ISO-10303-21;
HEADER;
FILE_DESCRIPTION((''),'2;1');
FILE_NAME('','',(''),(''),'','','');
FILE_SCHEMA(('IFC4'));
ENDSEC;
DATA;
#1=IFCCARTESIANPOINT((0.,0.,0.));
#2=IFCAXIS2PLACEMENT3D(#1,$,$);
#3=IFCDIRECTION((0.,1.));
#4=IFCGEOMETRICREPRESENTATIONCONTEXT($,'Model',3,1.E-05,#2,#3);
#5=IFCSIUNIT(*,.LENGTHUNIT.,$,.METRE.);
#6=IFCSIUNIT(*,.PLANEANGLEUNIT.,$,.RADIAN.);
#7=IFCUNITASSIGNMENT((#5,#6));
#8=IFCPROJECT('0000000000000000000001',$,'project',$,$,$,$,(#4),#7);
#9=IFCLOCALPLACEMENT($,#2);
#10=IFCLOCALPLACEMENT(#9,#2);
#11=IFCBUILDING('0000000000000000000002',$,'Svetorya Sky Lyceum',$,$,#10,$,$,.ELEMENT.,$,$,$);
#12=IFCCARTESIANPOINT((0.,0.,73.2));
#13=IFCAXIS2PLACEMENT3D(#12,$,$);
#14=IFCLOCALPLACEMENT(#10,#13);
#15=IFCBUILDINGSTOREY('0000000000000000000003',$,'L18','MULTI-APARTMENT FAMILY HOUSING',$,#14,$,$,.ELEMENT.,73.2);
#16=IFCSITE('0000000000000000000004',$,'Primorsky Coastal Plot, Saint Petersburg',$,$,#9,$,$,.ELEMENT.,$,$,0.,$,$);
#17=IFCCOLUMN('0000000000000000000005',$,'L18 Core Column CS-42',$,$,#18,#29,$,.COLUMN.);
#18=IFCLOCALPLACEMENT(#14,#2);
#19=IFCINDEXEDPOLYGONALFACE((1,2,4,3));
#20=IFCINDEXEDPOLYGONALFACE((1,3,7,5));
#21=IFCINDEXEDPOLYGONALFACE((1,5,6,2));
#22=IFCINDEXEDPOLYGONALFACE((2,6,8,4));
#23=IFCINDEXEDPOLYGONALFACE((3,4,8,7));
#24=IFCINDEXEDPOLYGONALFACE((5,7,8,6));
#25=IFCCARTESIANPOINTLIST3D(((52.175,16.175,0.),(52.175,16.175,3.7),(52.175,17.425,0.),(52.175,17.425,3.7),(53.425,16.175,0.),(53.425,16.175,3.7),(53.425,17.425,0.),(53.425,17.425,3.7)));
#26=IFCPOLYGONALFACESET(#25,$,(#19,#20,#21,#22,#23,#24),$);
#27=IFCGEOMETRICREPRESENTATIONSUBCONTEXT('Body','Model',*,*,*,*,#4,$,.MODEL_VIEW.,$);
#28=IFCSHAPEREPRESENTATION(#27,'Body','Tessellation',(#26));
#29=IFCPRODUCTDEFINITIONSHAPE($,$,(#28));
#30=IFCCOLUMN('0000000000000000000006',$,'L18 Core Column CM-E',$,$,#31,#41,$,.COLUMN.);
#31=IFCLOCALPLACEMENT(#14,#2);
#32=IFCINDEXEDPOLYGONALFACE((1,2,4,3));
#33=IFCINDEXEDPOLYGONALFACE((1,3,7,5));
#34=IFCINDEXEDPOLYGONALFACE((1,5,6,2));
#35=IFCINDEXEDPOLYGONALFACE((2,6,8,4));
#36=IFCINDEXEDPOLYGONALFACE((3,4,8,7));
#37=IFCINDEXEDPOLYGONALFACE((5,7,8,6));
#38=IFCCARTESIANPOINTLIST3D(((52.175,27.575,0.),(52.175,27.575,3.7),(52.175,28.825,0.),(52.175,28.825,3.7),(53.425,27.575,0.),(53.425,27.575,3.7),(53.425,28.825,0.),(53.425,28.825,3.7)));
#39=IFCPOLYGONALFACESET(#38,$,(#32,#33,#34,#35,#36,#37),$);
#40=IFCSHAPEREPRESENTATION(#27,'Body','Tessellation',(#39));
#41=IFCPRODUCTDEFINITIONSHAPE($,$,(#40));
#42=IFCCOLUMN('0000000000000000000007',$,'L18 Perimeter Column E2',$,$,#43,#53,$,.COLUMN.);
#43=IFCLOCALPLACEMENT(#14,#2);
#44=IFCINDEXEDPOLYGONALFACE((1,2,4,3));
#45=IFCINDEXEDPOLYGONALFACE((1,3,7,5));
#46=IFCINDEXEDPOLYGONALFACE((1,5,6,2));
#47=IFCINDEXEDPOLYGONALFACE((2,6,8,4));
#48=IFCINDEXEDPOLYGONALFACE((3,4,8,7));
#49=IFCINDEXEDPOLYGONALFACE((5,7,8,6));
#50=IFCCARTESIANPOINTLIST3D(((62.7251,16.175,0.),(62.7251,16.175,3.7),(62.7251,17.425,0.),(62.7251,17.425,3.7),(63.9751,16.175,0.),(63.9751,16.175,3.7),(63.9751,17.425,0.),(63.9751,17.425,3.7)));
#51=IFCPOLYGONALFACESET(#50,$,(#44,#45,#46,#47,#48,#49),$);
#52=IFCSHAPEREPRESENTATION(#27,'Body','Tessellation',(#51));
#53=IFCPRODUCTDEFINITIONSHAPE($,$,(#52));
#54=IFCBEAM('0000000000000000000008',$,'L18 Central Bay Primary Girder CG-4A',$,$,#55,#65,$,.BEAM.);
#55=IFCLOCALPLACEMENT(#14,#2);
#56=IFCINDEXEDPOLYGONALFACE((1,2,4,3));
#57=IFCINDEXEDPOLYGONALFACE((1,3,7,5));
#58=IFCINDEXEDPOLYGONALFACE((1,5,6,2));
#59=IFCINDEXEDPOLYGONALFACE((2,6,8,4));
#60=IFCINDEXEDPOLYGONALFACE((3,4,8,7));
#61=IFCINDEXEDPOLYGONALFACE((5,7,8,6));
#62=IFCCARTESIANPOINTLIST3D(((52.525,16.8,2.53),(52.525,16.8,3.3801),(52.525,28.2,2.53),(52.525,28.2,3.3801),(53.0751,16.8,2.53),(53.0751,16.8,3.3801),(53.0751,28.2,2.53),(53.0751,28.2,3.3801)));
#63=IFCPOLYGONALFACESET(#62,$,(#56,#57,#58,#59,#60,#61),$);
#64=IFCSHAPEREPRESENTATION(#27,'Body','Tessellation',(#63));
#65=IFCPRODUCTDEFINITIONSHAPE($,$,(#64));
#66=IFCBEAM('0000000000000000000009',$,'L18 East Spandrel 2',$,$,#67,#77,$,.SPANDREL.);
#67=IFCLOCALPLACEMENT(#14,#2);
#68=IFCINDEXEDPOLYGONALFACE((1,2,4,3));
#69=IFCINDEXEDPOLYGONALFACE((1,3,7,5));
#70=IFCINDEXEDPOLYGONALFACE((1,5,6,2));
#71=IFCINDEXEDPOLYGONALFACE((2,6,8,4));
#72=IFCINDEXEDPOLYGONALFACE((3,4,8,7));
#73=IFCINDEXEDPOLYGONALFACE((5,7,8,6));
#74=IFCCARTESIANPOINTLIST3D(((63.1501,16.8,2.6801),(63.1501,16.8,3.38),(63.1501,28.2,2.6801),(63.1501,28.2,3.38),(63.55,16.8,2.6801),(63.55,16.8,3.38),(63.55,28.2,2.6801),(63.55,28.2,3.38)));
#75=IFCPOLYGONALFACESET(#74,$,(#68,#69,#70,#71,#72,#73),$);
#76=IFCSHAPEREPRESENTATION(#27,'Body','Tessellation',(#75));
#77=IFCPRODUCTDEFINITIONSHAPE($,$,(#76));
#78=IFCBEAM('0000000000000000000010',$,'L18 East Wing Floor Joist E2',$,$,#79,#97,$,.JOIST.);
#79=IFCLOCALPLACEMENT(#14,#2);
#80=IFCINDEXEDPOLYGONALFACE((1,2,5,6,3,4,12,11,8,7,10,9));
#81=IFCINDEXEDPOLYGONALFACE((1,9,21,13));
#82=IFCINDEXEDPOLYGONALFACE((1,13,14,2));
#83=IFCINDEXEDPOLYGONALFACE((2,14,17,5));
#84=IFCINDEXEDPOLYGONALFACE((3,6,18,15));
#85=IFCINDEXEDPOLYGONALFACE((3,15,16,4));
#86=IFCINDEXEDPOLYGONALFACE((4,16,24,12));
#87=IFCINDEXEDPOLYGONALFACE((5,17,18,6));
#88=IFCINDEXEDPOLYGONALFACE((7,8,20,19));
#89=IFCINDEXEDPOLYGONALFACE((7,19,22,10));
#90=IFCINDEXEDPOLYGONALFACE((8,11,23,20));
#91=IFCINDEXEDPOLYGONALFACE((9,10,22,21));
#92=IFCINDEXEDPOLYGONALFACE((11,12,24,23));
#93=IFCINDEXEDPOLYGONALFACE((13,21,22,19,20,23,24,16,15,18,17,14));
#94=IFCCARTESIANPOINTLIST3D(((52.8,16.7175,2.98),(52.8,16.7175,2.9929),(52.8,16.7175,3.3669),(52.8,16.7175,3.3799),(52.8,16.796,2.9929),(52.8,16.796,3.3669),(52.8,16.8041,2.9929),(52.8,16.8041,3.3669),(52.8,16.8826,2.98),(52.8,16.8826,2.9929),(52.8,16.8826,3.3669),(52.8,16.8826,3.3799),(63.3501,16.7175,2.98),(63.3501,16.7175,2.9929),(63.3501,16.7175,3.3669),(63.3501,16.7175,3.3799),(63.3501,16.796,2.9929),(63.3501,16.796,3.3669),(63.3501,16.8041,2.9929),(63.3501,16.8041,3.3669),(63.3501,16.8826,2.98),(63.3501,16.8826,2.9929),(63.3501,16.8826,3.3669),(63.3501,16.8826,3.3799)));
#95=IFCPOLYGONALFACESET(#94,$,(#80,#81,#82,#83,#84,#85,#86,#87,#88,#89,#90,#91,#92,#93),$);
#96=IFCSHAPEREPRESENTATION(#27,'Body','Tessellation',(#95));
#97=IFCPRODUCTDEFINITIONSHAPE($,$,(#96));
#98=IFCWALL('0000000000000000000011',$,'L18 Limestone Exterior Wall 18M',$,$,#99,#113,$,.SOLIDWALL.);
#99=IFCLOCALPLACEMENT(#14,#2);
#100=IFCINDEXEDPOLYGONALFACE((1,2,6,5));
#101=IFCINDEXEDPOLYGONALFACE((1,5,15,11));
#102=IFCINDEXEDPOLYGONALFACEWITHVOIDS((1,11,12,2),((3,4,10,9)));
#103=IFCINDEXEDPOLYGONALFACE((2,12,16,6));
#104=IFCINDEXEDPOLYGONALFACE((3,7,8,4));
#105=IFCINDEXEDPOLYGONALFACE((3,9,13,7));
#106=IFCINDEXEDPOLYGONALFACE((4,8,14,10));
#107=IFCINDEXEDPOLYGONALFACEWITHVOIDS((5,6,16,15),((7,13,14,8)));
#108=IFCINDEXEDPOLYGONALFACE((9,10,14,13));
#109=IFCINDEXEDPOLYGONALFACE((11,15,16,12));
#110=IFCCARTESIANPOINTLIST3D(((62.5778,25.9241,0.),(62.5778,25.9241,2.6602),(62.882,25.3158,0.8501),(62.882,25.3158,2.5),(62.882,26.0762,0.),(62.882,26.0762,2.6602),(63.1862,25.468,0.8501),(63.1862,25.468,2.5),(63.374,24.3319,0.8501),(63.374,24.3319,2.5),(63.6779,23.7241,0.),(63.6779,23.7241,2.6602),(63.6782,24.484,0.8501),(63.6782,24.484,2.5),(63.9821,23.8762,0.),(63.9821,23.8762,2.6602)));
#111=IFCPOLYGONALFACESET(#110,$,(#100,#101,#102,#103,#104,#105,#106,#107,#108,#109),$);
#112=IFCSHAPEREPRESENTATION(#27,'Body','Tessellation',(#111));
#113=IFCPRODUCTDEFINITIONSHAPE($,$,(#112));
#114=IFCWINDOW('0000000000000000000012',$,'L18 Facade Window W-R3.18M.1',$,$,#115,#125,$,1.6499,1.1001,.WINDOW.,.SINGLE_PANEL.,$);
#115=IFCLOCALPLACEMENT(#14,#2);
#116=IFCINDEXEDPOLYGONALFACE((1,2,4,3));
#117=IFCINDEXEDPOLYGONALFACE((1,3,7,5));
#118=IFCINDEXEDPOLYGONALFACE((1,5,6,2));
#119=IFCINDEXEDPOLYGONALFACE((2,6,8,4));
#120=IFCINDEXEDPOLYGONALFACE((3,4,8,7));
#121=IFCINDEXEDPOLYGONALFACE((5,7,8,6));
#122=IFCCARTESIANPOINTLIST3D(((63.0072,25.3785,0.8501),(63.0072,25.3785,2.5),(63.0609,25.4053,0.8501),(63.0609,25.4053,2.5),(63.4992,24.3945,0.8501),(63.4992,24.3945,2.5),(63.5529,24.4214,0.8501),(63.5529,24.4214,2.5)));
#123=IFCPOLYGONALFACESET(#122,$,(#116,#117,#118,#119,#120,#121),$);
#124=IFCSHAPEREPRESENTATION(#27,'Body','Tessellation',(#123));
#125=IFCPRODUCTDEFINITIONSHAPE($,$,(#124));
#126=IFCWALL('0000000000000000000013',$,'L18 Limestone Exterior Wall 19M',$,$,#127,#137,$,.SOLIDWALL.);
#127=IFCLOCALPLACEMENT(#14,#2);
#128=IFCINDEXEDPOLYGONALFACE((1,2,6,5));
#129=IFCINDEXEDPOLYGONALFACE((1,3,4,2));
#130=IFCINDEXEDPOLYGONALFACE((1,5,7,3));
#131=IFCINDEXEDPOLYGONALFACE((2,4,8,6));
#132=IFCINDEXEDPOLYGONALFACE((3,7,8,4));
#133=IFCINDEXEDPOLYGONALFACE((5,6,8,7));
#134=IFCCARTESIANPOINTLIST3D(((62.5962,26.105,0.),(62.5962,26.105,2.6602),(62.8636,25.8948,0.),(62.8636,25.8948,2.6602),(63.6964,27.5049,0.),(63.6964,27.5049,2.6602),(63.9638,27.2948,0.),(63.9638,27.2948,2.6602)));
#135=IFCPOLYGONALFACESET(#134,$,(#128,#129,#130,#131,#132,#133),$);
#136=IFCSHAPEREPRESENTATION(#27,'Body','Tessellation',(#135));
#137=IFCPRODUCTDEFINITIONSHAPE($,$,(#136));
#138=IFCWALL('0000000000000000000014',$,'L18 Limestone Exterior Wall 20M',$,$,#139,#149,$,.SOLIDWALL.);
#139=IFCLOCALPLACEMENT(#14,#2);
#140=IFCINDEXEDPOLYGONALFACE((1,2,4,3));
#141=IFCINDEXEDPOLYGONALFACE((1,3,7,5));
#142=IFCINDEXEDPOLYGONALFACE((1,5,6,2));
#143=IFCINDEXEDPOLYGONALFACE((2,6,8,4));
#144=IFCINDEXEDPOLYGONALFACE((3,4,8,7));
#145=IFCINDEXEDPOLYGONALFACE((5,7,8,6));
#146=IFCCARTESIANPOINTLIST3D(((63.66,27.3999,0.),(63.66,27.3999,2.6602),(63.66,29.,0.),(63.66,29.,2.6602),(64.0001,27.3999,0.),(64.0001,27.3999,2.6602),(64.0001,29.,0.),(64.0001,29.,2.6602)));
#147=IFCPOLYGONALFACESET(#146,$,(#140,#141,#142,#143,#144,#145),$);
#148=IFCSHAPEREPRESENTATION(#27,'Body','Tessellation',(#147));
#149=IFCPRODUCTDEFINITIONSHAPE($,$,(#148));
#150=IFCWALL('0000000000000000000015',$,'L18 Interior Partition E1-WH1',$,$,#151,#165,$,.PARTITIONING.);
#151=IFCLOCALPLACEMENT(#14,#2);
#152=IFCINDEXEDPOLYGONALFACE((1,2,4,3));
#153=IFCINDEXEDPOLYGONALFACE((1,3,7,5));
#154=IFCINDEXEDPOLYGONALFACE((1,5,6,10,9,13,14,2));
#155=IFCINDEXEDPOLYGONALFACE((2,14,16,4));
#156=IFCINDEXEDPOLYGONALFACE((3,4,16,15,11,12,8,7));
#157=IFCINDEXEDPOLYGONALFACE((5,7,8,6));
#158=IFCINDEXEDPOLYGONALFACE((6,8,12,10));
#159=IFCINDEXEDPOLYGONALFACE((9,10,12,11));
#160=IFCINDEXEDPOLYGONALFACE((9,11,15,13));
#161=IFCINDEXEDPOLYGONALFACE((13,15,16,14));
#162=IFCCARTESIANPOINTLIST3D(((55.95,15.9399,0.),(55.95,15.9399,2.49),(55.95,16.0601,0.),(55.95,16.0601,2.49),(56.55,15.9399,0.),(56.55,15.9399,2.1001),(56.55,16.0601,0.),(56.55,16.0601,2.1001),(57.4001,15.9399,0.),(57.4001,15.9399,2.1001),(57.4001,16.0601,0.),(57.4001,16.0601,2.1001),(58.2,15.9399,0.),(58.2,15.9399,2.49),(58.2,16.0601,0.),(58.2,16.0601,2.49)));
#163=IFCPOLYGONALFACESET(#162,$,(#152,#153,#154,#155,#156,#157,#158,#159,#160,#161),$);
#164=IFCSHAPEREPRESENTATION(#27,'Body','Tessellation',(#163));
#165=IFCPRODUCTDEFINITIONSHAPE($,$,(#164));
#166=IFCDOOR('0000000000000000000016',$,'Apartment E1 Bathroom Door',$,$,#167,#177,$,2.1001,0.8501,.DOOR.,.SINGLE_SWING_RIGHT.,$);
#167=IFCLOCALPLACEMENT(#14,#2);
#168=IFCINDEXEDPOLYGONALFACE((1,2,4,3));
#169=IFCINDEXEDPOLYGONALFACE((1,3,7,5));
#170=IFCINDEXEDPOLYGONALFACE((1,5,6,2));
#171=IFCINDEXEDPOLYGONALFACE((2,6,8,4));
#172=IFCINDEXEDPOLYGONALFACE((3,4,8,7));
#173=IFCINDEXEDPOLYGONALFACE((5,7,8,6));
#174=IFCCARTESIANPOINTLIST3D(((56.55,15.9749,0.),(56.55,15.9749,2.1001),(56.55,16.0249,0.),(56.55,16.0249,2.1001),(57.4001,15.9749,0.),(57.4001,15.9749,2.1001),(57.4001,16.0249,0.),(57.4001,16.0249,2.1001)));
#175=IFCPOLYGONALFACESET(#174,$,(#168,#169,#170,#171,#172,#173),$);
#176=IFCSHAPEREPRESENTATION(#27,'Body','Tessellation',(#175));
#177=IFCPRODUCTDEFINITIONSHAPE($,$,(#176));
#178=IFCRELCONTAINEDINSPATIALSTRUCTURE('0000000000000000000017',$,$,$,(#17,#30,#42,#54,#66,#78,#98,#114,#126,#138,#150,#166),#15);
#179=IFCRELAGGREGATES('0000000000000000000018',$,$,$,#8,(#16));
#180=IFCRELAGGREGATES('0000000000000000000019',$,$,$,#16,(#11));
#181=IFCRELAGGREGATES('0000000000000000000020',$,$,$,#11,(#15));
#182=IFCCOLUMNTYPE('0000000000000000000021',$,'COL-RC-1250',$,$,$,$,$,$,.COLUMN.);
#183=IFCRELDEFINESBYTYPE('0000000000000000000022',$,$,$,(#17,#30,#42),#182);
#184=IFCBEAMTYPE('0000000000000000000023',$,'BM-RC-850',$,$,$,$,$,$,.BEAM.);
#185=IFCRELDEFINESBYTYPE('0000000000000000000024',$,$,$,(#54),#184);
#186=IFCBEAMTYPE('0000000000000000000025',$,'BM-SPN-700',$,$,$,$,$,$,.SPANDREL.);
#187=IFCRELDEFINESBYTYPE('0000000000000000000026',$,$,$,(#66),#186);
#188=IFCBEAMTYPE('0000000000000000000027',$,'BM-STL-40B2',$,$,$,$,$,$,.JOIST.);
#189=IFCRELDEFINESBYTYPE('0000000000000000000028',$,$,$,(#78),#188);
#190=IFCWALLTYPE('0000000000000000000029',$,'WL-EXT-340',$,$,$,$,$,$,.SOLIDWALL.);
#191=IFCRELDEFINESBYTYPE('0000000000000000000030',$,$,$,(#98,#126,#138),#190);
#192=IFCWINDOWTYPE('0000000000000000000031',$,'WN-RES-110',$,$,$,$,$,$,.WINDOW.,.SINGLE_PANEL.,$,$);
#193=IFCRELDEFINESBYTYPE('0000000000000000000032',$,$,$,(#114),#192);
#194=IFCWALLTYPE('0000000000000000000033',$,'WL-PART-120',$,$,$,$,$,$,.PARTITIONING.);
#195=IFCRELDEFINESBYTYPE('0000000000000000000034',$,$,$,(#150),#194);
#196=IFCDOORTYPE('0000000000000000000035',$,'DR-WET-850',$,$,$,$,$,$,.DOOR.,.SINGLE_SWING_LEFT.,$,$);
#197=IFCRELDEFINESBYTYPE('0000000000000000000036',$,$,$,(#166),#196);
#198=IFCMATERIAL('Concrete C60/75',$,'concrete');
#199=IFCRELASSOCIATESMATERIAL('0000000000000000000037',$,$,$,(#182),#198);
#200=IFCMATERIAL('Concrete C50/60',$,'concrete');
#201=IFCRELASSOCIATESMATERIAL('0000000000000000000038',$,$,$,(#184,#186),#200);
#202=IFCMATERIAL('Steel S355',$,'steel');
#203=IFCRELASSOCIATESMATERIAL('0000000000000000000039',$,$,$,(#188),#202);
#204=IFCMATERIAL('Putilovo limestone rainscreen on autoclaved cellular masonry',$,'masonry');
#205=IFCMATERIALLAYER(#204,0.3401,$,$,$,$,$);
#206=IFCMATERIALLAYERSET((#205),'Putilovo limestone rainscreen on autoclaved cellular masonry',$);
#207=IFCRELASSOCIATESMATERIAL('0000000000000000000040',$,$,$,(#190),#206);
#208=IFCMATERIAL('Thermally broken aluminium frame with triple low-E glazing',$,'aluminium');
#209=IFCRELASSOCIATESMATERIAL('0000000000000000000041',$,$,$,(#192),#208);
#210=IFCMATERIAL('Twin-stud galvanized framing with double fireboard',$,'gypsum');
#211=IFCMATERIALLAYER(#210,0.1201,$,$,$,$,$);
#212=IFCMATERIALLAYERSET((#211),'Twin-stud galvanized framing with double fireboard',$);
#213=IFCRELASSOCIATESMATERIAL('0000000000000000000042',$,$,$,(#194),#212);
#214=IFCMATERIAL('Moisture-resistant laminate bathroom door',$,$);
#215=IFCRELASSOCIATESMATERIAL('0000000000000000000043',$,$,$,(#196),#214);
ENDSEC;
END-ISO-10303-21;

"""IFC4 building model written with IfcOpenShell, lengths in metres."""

from ifc_helpers import new_model, si_unit, direction, frame, frame_2d, origin, origin_2d, place, context, subcontext, project, spatial, rectangle, i_section, extrude, material, layer, layer_set, material_profile, profile_set, type_object, element, fill, save


model = new_model("IFC4")

# Units and contexts
model_context = context("Model", 3, precision=1e-05, world=origin(), true_north=direction((0.0, 1.0)))
body_context = subcontext(model_context, "Body", "Model", "MODEL_VIEW")
ifc_project = project(units=[si_unit("LENGTHUNIT", "METRE"), si_unit("PLANEANGLEUNIT", "RADIAN")], contexts=[model_context])

# Site, building, storey
site_placement = place(None, origin())
site = spatial("IfcSite", under=ifc_project, at=site_placement, Name="Primorsky Coastal Plot, Saint Petersburg", CompositionType="ELEMENT", RefElevation=0.0)
building_placement = place(site_placement, origin())
building = spatial("IfcBuilding", under=site, at=building_placement, Name="Svetorya Sky Lyceum", CompositionType="ELEMENT")
storey_placement = place(building_placement, frame((0.0, 0.0, 73.2)))
storey = spatial("IfcBuildingStorey", under=building, at=storey_placement, Name="L18", Description="MULTI-APARTMENT FAMILY HOUSING", CompositionType="ELEMENT", Elevation=73.2)

# Columns
ifc_material_1 = material(Name="Concrete C60/75", Category="concrete")
ifc_material_profile_1 = material_profile(ifc_material_1, rectangle(XDim=1.25, YDim=1.25, at=origin_2d()), Name="RC COL 1250x1250")
ifc_profile_set_1 = profile_set([ifc_material_profile_1], Name="Concrete C60/75")
column_type = type_object("IfcColumnType", Name="COL-RC-1250", PredefinedType="COLUMN", material=ifc_profile_set_1)
for number, where, z_axis, x_axis, name in (
    (1, (52.8, 16.8, 0.0), (0.0, 0.0, 1.0), (1.0, 0.0, 0.0), "L18 Core Column CS-42"),
    (2, (52.8, 28.2, 0.0), (0.0, 0.0, 1.0), (1.0, 0.0, 0.0), "L18 Core Column CM-E"),
    (3, (63.3501, 16.8, 0.0), (0.0, 0.0, 1.0), (1.0, 0.0, 0.0), "L18 Perimeter Column E2"),
):
    element("IfcColumn", number, at=place(storey_placement, frame(where, z_axis=z_axis, x_axis=x_axis)), inside=storey, type_object=column_type, Name=name, PredefinedType="COLUMN", context=body_context, shape_type="SweptSolid", body=[
        extrude(rectangle(XDim=1.25, YDim=1.25, at=origin_2d()), origin(), (0.0, 0.0, 1.0), 3.7),
    ])

# Beams
ifc_material_2 = material(Name="Concrete C50/60", Category="concrete")
ifc_material_profile_2 = material_profile(ifc_material_2, rectangle(XDim=0.55, YDim=0.8501, at=origin_2d()), Name="RC BEAM 550x850")
ifc_profile_set_2 = profile_set([ifc_material_profile_2], Name="Concrete C50/60")
beam_type_1 = type_object("IfcBeamType", Name="BM-RC-850", PredefinedType="BEAM", material=ifc_profile_set_2)
beam_1_placement = place(storey_placement, frame((52.8, 16.8, 2.9551), z_axis=(0.0, 1.0, 0.0), x_axis=(-1.0, 0.0, 0.0)))
element("IfcBeam", 4, at=beam_1_placement, inside=storey, type_object=beam_type_1, Name="L18 Central Bay Primary Girder CG-4A", PredefinedType="BEAM", context=body_context, shape_type="SweptSolid", body=[
    extrude(rectangle(XDim=0.55, YDim=0.8501, at=origin_2d()), origin(), (0.0, 0.0, 1.0), 11.3999),
])
ifc_material_profile_3 = material_profile(ifc_material_2, rectangle(XDim=0.3999, YDim=0.7, at=origin_2d()), Name="RC SPANDREL 400x700")
ifc_profile_set_3 = profile_set([ifc_material_profile_3], Name="Concrete C50/60")
beam_type_2 = type_object("IfcBeamType", Name="BM-SPN-700", PredefinedType="SPANDREL", material=ifc_profile_set_3)
beam_2_placement = place(storey_placement, frame((63.3501, 16.8, 3.03), z_axis=(0.0, 1.0, 0.0), x_axis=(-1.0, 0.0, 0.0)))
element("IfcBeam", 5, at=beam_2_placement, inside=storey, type_object=beam_type_2, Name="L18 East Spandrel 2", PredefinedType="SPANDREL", context=body_context, shape_type="SweptSolid", body=[
    extrude(rectangle(XDim=0.3999, YDim=0.7, at=origin_2d()), origin(), (0.0, 0.0, 1.0), 11.3999),
])
ifc_material_3 = material(Name="Steel S355", Category="steel")
ifc_material_profile_4 = material_profile(ifc_material_3, i_section(OverallWidth=0.165, OverallDepth=0.3999, WebThickness=0.0081, FlangeThickness=0.0129, at=origin_2d()), Name="GOST 40B2")
ifc_profile_set_4 = profile_set([ifc_material_profile_4], Name="Steel S355")
beam_type_3 = type_object("IfcBeamType", Name="BM-STL-40B2", PredefinedType="JOIST", material=ifc_profile_set_4)
beam_3_placement = place(storey_placement, frame((52.8, 16.8, 3.1799), z_axis=(1.0, 0.0, 0.0), x_axis=(0.0, 1.0, 0.0)))
element("IfcBeam", 6, at=beam_3_placement, inside=storey, type_object=beam_type_3, Name="L18 East Wing Floor Joist E2", PredefinedType="JOIST", context=body_context, shape_type="SweptSolid", body=[
    extrude(i_section(OverallWidth=0.165, OverallDepth=0.3999, WebThickness=0.0081, FlangeThickness=0.0129, at=origin_2d()), origin(), (0.0, 0.0, 1.0), 10.55),
])

# Wall, opening, window
ifc_material_4 = material(Name="Putilovo limestone rainscreen on autoclaved cellular masonry", Category="masonry")
ifc_layer_1 = layer(ifc_material_4, 0.3401)
ifc_layer_set_1 = layer_set([ifc_layer_1], Name="Putilovo limestone rainscreen on autoclaved cellular masonry")
wall_type_1 = type_object("IfcWallType", Name="WL-EXT-340", PredefinedType="SOLIDWALL", material=ifc_layer_set_1)
wall_1_placement = place(storey_placement, frame((63.8301, 23.8, 0.0), z_axis=(0.0, 0.0, 1.0), x_axis=(-0.447253, 0.894407, 0.0)))
wall_1 = element("IfcWall", 7, at=wall_1_placement, inside=storey, type_object=wall_type_1, Name="L18 Limestone Exterior Wall 18M", PredefinedType="SOLIDWALL", context=body_context, shape_type="SweptSolid", body=[
    extrude(rectangle(XDim=2.4597, YDim=0.3401, at=frame_2d((1.23, 0.0))), origin(), (0.0, 0.0, 1.0), 2.6602),
])
opening_1_placement = place(wall_1_placement, frame((0.6797, 0.0, 0.8501)))
opening_1 = element("IfcOpeningElement", 8, at=opening_1_placement, cuts=wall_1, PredefinedType="OPENING", context=body_context, shape_type="SweptSolid", body=[
    extrude(rectangle(XDim=1.1001, YDim=1.6499, at=frame_2d((0.55, 0.825))), frame((0.0, 0.1799, 0.0), z_axis=(0.0, -1.0, 0.0), x_axis=(1.0, 0.0, 0.0)), (0.0, 0.0, 1.0), 0.3601),
])
ifc_material_5 = material(Name="Thermally broken aluminium frame with triple low-E glazing", Category="aluminium")
window_type = type_object("IfcWindowType", Name="WN-RES-110", PartitioningType="SINGLE_PANEL", PredefinedType="WINDOW", material=ifc_material_5)
window_placement = place(opening_1_placement, origin())
window = element("IfcWindow", 9, at=window_placement, inside=storey, type_object=window_type, Name="L18 Facade Window W-R3.18M.1", OverallHeight=1.6499, OverallWidth=1.1001, PartitioningType="SINGLE_PANEL", PredefinedType="WINDOW", context=body_context, shape_type="SweptSolid", body=[
    extrude(rectangle(XDim=1.1001, YDim=1.6499, at=frame_2d((0.55, 0.825))), frame((0.0, 0.03, 0.0), z_axis=(0.0, -1.0, 0.0), x_axis=(1.0, 0.0, 0.0)), (0.0, 0.0, 1.0), 0.0601),
])
fill(opening_1, window)

# Walls
wall_2_placement = place(storey_placement, frame((62.73, 26.0, 0.0), z_axis=(0.0, 0.0, 1.0), x_axis=(0.617882, 0.786271, 0.0)))
element("IfcWall", 10, at=wall_2_placement, inside=storey, type_object=wall_type_1, Name="L18 Limestone Exterior Wall 19M", PredefinedType="SOLIDWALL", context=body_context, shape_type="SweptSolid", body=[
    extrude(rectangle(XDim=1.7805, YDim=0.3401, at=frame_2d((0.8901, 0.0))), origin(), (0.0, 0.0, 1.0), 2.6602),
])
wall_3_placement = place(storey_placement, frame((63.8301, 27.3999, 0.0), z_axis=(0.0, 0.0, 1.0), x_axis=(0.0, 1.0, 0.0)))
element("IfcWall", 11, at=wall_3_placement, inside=storey, type_object=wall_type_1, Name="L18 Limestone Exterior Wall 20M", PredefinedType="SOLIDWALL", context=body_context, shape_type="SweptSolid", body=[
    extrude(rectangle(XDim=1.6001, YDim=0.3401, at=frame_2d((0.8, 0.0))), origin(), (0.0, 0.0, 1.0), 2.6602),
])

# Wall, opening, door
ifc_material_6 = material(Name="Twin-stud galvanized framing with double fireboard", Category="gypsum")
ifc_layer_2 = layer(ifc_material_6, 0.1201)
ifc_layer_set_2 = layer_set([ifc_layer_2], Name="Twin-stud galvanized framing with double fireboard")
wall_type_2 = type_object("IfcWallType", Name="WL-PART-120", PredefinedType="PARTITIONING", material=ifc_layer_set_2)
wall_4_placement = place(storey_placement, frame((55.95, 16.0, 0.0), z_axis=(0.0, 0.0, 1.0), x_axis=(1.0, 0.0, 0.0)))
wall_4 = element("IfcWall", 12, at=wall_4_placement, inside=storey, type_object=wall_type_2, Name="L18 Interior Partition E1-WH1", PredefinedType="PARTITIONING", context=body_context, shape_type="SweptSolid", body=[
    extrude(rectangle(XDim=2.25, YDim=0.1201, at=frame_2d((1.125, 0.0))), origin(), (0.0, 0.0, 1.0), 2.49),
])
opening_2_placement = place(wall_4_placement, frame((0.6001, 0.0, 0.0)))
opening_2 = element("IfcOpeningElement", 13, at=opening_2_placement, cuts=wall_4, PredefinedType="OPENING", context=body_context, shape_type="SweptSolid", body=[
    extrude(rectangle(XDim=0.8501, YDim=2.1001, at=frame_2d((0.425, 1.05))), frame((0.0, 0.0701, 0.0), z_axis=(0.0, -1.0, 0.0), x_axis=(1.0, 0.0, 0.0)), (0.0, 0.0, 1.0), 0.1401),
])
ifc_material_7 = material(Name="Moisture-resistant laminate bathroom door")
door_type_1 = type_object("IfcDoorType", Name="DR-WET-850", OperationType="SINGLE_SWING_LEFT", PredefinedType="DOOR", material=ifc_material_7)
door_1_placement = place(opening_2_placement, origin())
door_1 = element("IfcDoor", 14, at=door_1_placement, inside=storey, type_object=door_type_1, Name="Apartment E1 Bathroom Door", OperationType="SINGLE_SWING_RIGHT", OverallHeight=2.1001, OverallWidth=0.8501, PredefinedType="DOOR", context=body_context, shape_type="SweptSolid", body=[
    extrude(rectangle(XDim=0.8501, YDim=2.1001, at=frame_2d((0.425, 1.05))), frame((0.0, 0.0249, 0.0), z_axis=(0.0, -1.0, 0.0), x_axis=(1.0, 0.0, 0.0)), (0.0, 0.0, 1.0), 0.05),
])
fill(opening_2, door_1)

save(model, "model.ifc")
